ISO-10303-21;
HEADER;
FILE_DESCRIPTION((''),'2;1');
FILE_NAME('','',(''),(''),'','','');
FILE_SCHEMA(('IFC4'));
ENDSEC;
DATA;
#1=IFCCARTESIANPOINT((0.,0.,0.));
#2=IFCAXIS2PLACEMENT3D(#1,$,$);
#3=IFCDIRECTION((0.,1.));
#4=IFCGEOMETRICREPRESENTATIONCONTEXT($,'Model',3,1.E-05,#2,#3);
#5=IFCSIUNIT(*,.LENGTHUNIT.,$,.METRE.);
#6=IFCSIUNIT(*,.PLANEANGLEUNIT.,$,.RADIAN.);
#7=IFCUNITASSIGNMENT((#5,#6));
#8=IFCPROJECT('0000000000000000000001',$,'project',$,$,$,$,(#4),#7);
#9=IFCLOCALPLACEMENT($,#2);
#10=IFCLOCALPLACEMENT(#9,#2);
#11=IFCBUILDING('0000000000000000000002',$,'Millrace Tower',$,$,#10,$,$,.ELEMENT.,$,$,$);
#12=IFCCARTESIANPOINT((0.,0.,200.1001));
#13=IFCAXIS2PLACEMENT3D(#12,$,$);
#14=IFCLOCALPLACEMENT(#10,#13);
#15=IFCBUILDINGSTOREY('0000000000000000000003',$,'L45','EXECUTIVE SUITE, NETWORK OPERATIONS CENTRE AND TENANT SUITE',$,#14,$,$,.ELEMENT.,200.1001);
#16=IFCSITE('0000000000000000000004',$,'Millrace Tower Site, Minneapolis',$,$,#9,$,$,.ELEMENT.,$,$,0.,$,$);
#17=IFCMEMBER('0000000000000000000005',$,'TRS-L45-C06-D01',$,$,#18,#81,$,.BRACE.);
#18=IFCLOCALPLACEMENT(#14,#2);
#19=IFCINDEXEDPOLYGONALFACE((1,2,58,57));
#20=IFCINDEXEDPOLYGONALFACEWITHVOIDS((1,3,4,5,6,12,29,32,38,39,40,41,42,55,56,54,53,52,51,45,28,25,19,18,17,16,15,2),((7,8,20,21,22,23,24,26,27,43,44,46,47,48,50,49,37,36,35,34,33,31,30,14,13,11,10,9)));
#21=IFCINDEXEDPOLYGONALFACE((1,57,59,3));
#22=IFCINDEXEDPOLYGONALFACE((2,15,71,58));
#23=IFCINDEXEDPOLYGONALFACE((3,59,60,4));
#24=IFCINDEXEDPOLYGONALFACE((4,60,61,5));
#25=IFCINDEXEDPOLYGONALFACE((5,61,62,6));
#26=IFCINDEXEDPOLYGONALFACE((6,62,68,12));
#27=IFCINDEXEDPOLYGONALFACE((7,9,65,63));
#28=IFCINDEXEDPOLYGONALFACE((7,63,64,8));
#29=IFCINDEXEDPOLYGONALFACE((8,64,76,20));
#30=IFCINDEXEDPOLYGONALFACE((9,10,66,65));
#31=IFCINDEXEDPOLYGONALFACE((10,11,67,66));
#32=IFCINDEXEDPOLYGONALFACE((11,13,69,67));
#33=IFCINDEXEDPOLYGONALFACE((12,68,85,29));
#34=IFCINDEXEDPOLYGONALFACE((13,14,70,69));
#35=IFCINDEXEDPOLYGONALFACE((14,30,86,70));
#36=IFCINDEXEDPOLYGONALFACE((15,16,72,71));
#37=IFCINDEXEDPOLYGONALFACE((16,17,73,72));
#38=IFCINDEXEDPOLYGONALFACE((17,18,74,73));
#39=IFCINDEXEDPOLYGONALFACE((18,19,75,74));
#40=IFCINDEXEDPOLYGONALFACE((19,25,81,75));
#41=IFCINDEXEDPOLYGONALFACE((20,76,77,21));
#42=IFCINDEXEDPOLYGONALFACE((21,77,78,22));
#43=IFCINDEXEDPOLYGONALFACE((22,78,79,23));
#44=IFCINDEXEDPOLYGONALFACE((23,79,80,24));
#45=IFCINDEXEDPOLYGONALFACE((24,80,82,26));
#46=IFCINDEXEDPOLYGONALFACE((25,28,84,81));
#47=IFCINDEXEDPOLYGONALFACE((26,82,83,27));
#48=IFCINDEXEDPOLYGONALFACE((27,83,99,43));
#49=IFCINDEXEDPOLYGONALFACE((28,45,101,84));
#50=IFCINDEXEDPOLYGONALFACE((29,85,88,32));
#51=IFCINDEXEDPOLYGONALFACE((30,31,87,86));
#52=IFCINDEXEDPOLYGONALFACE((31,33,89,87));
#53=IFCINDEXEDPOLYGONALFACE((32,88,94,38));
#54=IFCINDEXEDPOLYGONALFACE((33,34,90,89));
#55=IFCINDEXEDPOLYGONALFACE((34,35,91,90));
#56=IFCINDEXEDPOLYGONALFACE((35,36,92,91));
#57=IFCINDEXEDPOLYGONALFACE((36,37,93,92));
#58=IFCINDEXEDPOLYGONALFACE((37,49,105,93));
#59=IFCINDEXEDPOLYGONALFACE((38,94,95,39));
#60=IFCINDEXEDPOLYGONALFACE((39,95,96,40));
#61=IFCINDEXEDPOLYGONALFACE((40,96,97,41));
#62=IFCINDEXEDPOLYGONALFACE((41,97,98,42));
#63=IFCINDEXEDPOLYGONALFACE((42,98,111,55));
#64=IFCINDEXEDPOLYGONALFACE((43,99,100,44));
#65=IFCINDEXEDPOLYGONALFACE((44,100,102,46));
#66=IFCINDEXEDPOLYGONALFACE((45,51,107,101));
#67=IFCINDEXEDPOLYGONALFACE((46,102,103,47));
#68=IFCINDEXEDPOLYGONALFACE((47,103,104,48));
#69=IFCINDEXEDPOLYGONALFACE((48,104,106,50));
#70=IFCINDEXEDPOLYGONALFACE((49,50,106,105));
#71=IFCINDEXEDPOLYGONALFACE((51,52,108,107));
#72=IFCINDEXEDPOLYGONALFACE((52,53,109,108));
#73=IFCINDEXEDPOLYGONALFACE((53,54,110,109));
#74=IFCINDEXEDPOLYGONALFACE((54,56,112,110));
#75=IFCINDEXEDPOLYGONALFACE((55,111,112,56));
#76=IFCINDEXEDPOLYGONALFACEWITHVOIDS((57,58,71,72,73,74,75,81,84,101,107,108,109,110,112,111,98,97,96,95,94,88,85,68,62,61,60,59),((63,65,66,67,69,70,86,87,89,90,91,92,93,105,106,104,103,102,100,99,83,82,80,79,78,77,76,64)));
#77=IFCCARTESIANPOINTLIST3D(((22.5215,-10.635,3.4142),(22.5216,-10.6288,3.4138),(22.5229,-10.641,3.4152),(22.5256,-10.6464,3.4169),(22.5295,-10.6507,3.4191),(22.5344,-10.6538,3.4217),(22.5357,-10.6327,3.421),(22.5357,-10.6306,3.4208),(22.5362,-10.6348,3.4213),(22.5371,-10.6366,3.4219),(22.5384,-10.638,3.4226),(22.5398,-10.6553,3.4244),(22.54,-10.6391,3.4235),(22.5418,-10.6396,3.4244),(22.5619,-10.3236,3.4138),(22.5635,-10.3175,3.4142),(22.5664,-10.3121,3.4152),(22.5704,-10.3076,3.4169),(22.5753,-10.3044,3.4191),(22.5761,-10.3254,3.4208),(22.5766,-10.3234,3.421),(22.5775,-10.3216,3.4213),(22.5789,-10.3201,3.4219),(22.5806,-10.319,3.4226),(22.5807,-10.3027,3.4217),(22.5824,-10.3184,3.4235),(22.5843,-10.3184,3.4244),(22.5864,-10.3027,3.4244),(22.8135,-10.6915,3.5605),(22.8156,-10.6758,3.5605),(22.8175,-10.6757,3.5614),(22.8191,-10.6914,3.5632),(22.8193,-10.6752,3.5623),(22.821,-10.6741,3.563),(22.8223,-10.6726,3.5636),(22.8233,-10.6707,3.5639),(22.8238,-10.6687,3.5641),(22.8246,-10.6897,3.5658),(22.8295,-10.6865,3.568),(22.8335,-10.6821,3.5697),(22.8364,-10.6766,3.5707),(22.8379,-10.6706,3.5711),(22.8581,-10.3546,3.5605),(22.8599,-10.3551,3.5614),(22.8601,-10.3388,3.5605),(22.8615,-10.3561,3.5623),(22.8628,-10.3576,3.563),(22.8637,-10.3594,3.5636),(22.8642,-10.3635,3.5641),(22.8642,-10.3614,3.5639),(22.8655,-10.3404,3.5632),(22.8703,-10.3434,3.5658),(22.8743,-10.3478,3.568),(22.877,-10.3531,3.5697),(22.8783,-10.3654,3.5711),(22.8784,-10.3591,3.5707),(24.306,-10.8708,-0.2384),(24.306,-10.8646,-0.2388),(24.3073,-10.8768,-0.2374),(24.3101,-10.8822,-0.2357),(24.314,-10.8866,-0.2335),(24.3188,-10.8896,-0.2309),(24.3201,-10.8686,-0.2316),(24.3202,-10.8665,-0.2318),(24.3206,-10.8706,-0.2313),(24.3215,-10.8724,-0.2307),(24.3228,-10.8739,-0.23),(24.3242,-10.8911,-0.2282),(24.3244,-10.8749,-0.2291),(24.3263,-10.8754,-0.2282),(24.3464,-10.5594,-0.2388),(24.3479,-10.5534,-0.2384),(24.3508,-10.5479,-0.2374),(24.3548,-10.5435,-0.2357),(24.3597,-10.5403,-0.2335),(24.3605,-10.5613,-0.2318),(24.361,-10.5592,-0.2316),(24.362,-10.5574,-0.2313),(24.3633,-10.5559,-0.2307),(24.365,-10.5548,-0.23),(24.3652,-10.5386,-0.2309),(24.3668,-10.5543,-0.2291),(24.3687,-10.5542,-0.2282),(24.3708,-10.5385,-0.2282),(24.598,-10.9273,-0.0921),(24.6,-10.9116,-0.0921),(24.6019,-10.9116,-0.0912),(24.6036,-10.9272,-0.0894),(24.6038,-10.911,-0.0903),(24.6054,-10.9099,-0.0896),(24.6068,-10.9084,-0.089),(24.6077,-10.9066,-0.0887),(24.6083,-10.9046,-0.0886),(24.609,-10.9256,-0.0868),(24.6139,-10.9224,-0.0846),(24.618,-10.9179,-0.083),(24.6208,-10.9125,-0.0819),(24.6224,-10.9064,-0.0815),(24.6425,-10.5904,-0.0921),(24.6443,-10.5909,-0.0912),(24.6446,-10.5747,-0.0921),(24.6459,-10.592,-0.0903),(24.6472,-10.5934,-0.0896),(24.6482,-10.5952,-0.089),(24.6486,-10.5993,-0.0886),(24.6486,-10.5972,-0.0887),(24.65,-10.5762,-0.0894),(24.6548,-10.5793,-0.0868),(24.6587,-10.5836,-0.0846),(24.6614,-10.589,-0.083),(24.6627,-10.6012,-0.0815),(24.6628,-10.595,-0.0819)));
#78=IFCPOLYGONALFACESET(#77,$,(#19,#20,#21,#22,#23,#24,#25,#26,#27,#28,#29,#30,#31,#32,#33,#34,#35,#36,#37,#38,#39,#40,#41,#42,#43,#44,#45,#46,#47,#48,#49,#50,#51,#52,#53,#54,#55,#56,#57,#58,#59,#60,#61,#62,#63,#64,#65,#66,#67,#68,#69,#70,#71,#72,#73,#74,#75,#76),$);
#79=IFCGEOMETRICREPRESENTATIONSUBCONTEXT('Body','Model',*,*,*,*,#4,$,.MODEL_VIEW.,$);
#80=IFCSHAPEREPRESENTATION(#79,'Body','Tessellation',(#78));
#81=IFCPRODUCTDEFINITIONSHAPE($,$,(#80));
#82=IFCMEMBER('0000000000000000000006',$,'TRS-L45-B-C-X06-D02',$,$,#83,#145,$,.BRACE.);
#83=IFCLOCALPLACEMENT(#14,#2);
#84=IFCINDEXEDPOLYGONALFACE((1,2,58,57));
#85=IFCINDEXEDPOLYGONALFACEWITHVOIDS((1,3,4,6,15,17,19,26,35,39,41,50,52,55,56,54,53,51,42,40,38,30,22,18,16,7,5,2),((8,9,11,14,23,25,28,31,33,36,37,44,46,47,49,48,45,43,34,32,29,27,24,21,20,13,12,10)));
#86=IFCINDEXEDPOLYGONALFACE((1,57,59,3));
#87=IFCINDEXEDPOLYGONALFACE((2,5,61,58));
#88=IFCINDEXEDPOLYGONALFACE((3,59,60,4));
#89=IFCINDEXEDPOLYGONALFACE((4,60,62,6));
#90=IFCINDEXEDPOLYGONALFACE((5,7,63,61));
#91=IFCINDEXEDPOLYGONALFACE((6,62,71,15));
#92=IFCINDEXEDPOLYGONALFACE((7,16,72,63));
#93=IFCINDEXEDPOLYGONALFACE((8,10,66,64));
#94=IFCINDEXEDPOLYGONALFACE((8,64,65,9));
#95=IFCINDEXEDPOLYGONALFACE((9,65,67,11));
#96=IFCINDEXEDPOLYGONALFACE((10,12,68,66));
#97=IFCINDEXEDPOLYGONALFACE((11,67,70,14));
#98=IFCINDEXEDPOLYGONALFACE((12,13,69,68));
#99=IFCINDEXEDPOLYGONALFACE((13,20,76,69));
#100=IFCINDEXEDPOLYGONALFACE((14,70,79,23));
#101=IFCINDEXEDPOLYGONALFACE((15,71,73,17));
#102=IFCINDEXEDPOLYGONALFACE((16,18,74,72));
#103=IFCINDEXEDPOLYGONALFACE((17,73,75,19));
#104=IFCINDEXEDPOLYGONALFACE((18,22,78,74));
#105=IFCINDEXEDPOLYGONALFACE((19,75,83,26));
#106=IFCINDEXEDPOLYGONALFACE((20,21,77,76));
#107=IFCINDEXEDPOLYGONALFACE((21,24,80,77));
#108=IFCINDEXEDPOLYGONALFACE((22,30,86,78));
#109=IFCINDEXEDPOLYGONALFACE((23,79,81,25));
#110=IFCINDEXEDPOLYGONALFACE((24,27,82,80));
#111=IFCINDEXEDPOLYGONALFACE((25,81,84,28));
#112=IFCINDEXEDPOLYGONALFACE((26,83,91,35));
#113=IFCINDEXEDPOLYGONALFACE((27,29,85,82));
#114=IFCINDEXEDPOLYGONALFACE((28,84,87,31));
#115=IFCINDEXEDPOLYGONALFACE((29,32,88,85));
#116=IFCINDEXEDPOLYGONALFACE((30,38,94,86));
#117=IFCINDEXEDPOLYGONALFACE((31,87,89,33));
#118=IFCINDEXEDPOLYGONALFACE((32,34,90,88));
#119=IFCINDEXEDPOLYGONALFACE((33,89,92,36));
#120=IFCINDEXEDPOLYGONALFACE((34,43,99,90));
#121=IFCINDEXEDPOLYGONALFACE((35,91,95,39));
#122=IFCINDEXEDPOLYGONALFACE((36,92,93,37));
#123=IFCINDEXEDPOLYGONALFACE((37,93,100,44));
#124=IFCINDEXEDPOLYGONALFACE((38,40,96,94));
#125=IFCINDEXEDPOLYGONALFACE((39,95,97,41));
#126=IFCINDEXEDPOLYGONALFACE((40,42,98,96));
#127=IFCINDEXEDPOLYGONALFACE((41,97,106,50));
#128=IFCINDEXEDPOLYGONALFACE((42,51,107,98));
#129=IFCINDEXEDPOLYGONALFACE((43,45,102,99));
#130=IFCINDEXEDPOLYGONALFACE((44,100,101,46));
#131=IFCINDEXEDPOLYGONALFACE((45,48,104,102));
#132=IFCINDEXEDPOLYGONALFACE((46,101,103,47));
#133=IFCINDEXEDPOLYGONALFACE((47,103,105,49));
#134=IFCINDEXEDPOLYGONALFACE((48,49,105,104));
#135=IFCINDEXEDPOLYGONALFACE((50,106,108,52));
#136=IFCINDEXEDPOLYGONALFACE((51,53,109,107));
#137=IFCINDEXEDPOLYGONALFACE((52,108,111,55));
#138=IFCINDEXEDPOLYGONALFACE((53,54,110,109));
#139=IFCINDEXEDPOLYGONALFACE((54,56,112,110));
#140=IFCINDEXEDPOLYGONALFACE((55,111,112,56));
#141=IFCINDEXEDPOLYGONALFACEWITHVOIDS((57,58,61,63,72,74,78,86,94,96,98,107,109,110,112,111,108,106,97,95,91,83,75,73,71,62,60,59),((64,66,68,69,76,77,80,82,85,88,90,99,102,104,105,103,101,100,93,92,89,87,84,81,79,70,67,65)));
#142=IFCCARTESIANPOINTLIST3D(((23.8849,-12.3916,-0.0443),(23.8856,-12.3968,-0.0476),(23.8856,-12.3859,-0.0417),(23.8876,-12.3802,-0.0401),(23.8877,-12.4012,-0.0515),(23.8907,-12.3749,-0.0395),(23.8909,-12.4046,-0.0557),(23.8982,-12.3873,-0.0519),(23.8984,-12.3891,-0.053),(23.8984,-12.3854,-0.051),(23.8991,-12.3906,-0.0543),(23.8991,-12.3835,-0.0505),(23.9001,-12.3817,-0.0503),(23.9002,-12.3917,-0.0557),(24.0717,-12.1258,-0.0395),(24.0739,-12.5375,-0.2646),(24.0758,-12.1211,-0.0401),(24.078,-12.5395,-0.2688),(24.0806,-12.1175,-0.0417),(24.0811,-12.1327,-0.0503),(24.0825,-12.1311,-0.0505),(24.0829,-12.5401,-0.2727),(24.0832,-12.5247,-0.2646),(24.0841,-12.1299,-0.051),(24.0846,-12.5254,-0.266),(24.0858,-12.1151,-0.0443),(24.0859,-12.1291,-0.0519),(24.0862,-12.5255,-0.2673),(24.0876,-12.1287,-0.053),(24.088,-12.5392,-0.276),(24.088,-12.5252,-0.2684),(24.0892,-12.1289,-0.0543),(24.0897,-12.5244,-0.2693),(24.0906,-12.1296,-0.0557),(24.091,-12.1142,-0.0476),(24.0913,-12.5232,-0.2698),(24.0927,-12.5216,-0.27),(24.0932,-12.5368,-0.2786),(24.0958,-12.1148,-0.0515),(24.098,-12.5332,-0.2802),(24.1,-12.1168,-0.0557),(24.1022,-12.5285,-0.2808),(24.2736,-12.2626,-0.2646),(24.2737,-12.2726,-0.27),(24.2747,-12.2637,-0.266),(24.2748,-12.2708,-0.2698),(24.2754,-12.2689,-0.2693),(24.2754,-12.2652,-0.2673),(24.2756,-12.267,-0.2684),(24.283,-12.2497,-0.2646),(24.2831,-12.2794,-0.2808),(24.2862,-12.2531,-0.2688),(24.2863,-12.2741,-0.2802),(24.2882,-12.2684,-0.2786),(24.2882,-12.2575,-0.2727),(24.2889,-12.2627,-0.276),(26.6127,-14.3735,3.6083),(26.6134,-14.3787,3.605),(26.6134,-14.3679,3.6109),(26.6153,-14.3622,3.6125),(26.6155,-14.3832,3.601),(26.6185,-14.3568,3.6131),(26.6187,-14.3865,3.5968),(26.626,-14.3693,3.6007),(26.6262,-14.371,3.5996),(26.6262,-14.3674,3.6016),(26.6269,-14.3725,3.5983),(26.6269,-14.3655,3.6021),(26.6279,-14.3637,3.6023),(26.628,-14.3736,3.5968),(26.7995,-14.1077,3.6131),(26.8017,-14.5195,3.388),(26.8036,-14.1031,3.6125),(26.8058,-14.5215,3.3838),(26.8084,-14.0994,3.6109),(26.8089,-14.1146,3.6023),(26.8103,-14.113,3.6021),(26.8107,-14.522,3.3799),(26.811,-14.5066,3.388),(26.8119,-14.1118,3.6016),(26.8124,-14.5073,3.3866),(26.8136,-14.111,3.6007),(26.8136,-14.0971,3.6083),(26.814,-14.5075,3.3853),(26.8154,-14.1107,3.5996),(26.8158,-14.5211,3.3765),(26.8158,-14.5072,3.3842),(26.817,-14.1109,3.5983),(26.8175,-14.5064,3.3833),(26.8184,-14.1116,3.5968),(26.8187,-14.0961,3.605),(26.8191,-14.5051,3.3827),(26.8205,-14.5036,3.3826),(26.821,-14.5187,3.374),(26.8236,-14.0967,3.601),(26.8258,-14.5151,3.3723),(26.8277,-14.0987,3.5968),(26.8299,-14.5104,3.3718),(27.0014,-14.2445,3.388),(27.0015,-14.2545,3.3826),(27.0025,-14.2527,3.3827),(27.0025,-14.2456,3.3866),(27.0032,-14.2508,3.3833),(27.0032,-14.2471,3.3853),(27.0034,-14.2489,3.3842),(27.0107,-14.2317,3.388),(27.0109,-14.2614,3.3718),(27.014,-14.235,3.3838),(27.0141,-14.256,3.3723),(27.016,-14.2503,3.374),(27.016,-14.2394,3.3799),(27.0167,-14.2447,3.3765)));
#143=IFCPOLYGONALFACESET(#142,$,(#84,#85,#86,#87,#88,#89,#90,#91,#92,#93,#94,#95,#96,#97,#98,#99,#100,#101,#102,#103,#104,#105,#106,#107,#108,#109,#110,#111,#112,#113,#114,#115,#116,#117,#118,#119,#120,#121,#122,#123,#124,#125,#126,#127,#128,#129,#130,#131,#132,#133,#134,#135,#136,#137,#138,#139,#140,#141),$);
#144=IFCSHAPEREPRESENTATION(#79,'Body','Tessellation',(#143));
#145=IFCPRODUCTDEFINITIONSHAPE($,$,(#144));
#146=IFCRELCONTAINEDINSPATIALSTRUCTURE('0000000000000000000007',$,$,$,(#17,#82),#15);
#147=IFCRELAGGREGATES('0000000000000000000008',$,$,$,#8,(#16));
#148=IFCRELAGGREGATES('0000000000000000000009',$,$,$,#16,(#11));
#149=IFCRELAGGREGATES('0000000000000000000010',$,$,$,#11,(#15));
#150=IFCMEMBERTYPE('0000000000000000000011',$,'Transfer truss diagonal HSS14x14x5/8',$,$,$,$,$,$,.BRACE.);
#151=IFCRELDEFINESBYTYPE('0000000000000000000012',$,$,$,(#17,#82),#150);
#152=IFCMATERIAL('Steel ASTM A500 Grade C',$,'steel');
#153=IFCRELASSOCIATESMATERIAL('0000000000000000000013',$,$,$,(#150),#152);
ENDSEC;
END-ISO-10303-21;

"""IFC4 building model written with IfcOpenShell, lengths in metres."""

from ifc_helpers import new_model, si_unit, direction, frame, origin, origin_2d, place, context, subcontext, project, spatial, hollow_rectangle, extrude, material, material_profile, profile_set, type_object, element, save


model = new_model("IFC4")

# Units and contexts
model_context = context("Model", 3, precision=1e-05, world=origin(), true_north=direction((0.0, 1.0)))
body_context = subcontext(model_context, "Body", "Model", "MODEL_VIEW")
ifc_project = project(units=[si_unit("LENGTHUNIT", "METRE"), si_unit("PLANEANGLEUNIT", "RADIAN")], contexts=[model_context])

# Site, building, storey
site_placement = place(None, origin())
site = spatial("IfcSite", under=ifc_project, at=site_placement, Name="Millrace Tower Site, Minneapolis", CompositionType="ELEMENT", RefElevation=0.0)
building_placement = place(site_placement, origin())
building = spatial("IfcBuilding", under=site, at=building_placement, Name="Millrace Tower", CompositionType="ELEMENT")
storey_placement = place(building_placement, frame((0.0, 0.0, 200.1001)))
storey = spatial("IfcBuildingStorey", under=building, at=storey_placement, Name="L45", Description="EXECUTIVE SUITE, NETWORK OPERATIONS CENTRE AND TENANT SUITE", CompositionType="ELEMENT", Elevation=200.1001)

# Members
ifc_material_1 = material(Name="Steel ASTM A500 Grade C", Category="steel")
ifc_material_profile_1 = material_profile(ifc_material_1, hollow_rectangle(XDim=0.3557, YDim=0.3557, WallThickness=0.0159, InnerFilletRadius=0.0081, OuterFilletRadius=0.0239, at=origin_2d()))
ifc_profile_set_1 = profile_set([ifc_material_profile_1], Name="Steel ASTM A500 Grade C")
member_type_1 = type_object("IfcMemberType", Name="Transfer truss diagonal HSS14x14x5/8", PredefinedType="BRACE", material=ifc_profile_set_1)
member_1_placement = place(storey_placement, frame((24.4844, -10.7329, -0.1602), z_axis=(-0.438218, 0.057917, 0.897001), x_axis=(-0.131026, -0.991379, 0.0)))
element("IfcMember", 1, at=member_1_placement, inside=storey, type_object=member_type_1, Name="TRS-L45-C06-D01", PredefinedType="BRACE", context=body_context, shape_type="SweptSolid", body=[
    extrude(hollow_rectangle(XDim=0.3557, YDim=0.3557, WallThickness=0.0159, InnerFilletRadius=0.0081, OuterFilletRadius=0.0239, at=origin_2d()), origin(), (0.0, 0.0, 1.0), 4.072),
])
member_2_placement = place(storey_placement, frame((24.0869, -12.3271, -0.1602), z_axis=(0.548746, -0.398704, 0.734788), x_axis=(0.587801, 0.809005, 0.0)))
element("IfcMember", 2, at=member_2_placement, inside=storey, type_object=member_type_1, Name="TRS-L45-B-C-X06-D02", PredefinedType="BRACE", context=body_context, shape_type="SweptSolid", body=[
    extrude(hollow_rectangle(XDim=0.3557, YDim=0.3557, WallThickness=0.0159, InnerFilletRadius=0.0081, OuterFilletRadius=0.0239, at=origin_2d()), origin(), (0.0, 0.0, 1.0), 4.9709),
])

save(model, "model.ifc")
